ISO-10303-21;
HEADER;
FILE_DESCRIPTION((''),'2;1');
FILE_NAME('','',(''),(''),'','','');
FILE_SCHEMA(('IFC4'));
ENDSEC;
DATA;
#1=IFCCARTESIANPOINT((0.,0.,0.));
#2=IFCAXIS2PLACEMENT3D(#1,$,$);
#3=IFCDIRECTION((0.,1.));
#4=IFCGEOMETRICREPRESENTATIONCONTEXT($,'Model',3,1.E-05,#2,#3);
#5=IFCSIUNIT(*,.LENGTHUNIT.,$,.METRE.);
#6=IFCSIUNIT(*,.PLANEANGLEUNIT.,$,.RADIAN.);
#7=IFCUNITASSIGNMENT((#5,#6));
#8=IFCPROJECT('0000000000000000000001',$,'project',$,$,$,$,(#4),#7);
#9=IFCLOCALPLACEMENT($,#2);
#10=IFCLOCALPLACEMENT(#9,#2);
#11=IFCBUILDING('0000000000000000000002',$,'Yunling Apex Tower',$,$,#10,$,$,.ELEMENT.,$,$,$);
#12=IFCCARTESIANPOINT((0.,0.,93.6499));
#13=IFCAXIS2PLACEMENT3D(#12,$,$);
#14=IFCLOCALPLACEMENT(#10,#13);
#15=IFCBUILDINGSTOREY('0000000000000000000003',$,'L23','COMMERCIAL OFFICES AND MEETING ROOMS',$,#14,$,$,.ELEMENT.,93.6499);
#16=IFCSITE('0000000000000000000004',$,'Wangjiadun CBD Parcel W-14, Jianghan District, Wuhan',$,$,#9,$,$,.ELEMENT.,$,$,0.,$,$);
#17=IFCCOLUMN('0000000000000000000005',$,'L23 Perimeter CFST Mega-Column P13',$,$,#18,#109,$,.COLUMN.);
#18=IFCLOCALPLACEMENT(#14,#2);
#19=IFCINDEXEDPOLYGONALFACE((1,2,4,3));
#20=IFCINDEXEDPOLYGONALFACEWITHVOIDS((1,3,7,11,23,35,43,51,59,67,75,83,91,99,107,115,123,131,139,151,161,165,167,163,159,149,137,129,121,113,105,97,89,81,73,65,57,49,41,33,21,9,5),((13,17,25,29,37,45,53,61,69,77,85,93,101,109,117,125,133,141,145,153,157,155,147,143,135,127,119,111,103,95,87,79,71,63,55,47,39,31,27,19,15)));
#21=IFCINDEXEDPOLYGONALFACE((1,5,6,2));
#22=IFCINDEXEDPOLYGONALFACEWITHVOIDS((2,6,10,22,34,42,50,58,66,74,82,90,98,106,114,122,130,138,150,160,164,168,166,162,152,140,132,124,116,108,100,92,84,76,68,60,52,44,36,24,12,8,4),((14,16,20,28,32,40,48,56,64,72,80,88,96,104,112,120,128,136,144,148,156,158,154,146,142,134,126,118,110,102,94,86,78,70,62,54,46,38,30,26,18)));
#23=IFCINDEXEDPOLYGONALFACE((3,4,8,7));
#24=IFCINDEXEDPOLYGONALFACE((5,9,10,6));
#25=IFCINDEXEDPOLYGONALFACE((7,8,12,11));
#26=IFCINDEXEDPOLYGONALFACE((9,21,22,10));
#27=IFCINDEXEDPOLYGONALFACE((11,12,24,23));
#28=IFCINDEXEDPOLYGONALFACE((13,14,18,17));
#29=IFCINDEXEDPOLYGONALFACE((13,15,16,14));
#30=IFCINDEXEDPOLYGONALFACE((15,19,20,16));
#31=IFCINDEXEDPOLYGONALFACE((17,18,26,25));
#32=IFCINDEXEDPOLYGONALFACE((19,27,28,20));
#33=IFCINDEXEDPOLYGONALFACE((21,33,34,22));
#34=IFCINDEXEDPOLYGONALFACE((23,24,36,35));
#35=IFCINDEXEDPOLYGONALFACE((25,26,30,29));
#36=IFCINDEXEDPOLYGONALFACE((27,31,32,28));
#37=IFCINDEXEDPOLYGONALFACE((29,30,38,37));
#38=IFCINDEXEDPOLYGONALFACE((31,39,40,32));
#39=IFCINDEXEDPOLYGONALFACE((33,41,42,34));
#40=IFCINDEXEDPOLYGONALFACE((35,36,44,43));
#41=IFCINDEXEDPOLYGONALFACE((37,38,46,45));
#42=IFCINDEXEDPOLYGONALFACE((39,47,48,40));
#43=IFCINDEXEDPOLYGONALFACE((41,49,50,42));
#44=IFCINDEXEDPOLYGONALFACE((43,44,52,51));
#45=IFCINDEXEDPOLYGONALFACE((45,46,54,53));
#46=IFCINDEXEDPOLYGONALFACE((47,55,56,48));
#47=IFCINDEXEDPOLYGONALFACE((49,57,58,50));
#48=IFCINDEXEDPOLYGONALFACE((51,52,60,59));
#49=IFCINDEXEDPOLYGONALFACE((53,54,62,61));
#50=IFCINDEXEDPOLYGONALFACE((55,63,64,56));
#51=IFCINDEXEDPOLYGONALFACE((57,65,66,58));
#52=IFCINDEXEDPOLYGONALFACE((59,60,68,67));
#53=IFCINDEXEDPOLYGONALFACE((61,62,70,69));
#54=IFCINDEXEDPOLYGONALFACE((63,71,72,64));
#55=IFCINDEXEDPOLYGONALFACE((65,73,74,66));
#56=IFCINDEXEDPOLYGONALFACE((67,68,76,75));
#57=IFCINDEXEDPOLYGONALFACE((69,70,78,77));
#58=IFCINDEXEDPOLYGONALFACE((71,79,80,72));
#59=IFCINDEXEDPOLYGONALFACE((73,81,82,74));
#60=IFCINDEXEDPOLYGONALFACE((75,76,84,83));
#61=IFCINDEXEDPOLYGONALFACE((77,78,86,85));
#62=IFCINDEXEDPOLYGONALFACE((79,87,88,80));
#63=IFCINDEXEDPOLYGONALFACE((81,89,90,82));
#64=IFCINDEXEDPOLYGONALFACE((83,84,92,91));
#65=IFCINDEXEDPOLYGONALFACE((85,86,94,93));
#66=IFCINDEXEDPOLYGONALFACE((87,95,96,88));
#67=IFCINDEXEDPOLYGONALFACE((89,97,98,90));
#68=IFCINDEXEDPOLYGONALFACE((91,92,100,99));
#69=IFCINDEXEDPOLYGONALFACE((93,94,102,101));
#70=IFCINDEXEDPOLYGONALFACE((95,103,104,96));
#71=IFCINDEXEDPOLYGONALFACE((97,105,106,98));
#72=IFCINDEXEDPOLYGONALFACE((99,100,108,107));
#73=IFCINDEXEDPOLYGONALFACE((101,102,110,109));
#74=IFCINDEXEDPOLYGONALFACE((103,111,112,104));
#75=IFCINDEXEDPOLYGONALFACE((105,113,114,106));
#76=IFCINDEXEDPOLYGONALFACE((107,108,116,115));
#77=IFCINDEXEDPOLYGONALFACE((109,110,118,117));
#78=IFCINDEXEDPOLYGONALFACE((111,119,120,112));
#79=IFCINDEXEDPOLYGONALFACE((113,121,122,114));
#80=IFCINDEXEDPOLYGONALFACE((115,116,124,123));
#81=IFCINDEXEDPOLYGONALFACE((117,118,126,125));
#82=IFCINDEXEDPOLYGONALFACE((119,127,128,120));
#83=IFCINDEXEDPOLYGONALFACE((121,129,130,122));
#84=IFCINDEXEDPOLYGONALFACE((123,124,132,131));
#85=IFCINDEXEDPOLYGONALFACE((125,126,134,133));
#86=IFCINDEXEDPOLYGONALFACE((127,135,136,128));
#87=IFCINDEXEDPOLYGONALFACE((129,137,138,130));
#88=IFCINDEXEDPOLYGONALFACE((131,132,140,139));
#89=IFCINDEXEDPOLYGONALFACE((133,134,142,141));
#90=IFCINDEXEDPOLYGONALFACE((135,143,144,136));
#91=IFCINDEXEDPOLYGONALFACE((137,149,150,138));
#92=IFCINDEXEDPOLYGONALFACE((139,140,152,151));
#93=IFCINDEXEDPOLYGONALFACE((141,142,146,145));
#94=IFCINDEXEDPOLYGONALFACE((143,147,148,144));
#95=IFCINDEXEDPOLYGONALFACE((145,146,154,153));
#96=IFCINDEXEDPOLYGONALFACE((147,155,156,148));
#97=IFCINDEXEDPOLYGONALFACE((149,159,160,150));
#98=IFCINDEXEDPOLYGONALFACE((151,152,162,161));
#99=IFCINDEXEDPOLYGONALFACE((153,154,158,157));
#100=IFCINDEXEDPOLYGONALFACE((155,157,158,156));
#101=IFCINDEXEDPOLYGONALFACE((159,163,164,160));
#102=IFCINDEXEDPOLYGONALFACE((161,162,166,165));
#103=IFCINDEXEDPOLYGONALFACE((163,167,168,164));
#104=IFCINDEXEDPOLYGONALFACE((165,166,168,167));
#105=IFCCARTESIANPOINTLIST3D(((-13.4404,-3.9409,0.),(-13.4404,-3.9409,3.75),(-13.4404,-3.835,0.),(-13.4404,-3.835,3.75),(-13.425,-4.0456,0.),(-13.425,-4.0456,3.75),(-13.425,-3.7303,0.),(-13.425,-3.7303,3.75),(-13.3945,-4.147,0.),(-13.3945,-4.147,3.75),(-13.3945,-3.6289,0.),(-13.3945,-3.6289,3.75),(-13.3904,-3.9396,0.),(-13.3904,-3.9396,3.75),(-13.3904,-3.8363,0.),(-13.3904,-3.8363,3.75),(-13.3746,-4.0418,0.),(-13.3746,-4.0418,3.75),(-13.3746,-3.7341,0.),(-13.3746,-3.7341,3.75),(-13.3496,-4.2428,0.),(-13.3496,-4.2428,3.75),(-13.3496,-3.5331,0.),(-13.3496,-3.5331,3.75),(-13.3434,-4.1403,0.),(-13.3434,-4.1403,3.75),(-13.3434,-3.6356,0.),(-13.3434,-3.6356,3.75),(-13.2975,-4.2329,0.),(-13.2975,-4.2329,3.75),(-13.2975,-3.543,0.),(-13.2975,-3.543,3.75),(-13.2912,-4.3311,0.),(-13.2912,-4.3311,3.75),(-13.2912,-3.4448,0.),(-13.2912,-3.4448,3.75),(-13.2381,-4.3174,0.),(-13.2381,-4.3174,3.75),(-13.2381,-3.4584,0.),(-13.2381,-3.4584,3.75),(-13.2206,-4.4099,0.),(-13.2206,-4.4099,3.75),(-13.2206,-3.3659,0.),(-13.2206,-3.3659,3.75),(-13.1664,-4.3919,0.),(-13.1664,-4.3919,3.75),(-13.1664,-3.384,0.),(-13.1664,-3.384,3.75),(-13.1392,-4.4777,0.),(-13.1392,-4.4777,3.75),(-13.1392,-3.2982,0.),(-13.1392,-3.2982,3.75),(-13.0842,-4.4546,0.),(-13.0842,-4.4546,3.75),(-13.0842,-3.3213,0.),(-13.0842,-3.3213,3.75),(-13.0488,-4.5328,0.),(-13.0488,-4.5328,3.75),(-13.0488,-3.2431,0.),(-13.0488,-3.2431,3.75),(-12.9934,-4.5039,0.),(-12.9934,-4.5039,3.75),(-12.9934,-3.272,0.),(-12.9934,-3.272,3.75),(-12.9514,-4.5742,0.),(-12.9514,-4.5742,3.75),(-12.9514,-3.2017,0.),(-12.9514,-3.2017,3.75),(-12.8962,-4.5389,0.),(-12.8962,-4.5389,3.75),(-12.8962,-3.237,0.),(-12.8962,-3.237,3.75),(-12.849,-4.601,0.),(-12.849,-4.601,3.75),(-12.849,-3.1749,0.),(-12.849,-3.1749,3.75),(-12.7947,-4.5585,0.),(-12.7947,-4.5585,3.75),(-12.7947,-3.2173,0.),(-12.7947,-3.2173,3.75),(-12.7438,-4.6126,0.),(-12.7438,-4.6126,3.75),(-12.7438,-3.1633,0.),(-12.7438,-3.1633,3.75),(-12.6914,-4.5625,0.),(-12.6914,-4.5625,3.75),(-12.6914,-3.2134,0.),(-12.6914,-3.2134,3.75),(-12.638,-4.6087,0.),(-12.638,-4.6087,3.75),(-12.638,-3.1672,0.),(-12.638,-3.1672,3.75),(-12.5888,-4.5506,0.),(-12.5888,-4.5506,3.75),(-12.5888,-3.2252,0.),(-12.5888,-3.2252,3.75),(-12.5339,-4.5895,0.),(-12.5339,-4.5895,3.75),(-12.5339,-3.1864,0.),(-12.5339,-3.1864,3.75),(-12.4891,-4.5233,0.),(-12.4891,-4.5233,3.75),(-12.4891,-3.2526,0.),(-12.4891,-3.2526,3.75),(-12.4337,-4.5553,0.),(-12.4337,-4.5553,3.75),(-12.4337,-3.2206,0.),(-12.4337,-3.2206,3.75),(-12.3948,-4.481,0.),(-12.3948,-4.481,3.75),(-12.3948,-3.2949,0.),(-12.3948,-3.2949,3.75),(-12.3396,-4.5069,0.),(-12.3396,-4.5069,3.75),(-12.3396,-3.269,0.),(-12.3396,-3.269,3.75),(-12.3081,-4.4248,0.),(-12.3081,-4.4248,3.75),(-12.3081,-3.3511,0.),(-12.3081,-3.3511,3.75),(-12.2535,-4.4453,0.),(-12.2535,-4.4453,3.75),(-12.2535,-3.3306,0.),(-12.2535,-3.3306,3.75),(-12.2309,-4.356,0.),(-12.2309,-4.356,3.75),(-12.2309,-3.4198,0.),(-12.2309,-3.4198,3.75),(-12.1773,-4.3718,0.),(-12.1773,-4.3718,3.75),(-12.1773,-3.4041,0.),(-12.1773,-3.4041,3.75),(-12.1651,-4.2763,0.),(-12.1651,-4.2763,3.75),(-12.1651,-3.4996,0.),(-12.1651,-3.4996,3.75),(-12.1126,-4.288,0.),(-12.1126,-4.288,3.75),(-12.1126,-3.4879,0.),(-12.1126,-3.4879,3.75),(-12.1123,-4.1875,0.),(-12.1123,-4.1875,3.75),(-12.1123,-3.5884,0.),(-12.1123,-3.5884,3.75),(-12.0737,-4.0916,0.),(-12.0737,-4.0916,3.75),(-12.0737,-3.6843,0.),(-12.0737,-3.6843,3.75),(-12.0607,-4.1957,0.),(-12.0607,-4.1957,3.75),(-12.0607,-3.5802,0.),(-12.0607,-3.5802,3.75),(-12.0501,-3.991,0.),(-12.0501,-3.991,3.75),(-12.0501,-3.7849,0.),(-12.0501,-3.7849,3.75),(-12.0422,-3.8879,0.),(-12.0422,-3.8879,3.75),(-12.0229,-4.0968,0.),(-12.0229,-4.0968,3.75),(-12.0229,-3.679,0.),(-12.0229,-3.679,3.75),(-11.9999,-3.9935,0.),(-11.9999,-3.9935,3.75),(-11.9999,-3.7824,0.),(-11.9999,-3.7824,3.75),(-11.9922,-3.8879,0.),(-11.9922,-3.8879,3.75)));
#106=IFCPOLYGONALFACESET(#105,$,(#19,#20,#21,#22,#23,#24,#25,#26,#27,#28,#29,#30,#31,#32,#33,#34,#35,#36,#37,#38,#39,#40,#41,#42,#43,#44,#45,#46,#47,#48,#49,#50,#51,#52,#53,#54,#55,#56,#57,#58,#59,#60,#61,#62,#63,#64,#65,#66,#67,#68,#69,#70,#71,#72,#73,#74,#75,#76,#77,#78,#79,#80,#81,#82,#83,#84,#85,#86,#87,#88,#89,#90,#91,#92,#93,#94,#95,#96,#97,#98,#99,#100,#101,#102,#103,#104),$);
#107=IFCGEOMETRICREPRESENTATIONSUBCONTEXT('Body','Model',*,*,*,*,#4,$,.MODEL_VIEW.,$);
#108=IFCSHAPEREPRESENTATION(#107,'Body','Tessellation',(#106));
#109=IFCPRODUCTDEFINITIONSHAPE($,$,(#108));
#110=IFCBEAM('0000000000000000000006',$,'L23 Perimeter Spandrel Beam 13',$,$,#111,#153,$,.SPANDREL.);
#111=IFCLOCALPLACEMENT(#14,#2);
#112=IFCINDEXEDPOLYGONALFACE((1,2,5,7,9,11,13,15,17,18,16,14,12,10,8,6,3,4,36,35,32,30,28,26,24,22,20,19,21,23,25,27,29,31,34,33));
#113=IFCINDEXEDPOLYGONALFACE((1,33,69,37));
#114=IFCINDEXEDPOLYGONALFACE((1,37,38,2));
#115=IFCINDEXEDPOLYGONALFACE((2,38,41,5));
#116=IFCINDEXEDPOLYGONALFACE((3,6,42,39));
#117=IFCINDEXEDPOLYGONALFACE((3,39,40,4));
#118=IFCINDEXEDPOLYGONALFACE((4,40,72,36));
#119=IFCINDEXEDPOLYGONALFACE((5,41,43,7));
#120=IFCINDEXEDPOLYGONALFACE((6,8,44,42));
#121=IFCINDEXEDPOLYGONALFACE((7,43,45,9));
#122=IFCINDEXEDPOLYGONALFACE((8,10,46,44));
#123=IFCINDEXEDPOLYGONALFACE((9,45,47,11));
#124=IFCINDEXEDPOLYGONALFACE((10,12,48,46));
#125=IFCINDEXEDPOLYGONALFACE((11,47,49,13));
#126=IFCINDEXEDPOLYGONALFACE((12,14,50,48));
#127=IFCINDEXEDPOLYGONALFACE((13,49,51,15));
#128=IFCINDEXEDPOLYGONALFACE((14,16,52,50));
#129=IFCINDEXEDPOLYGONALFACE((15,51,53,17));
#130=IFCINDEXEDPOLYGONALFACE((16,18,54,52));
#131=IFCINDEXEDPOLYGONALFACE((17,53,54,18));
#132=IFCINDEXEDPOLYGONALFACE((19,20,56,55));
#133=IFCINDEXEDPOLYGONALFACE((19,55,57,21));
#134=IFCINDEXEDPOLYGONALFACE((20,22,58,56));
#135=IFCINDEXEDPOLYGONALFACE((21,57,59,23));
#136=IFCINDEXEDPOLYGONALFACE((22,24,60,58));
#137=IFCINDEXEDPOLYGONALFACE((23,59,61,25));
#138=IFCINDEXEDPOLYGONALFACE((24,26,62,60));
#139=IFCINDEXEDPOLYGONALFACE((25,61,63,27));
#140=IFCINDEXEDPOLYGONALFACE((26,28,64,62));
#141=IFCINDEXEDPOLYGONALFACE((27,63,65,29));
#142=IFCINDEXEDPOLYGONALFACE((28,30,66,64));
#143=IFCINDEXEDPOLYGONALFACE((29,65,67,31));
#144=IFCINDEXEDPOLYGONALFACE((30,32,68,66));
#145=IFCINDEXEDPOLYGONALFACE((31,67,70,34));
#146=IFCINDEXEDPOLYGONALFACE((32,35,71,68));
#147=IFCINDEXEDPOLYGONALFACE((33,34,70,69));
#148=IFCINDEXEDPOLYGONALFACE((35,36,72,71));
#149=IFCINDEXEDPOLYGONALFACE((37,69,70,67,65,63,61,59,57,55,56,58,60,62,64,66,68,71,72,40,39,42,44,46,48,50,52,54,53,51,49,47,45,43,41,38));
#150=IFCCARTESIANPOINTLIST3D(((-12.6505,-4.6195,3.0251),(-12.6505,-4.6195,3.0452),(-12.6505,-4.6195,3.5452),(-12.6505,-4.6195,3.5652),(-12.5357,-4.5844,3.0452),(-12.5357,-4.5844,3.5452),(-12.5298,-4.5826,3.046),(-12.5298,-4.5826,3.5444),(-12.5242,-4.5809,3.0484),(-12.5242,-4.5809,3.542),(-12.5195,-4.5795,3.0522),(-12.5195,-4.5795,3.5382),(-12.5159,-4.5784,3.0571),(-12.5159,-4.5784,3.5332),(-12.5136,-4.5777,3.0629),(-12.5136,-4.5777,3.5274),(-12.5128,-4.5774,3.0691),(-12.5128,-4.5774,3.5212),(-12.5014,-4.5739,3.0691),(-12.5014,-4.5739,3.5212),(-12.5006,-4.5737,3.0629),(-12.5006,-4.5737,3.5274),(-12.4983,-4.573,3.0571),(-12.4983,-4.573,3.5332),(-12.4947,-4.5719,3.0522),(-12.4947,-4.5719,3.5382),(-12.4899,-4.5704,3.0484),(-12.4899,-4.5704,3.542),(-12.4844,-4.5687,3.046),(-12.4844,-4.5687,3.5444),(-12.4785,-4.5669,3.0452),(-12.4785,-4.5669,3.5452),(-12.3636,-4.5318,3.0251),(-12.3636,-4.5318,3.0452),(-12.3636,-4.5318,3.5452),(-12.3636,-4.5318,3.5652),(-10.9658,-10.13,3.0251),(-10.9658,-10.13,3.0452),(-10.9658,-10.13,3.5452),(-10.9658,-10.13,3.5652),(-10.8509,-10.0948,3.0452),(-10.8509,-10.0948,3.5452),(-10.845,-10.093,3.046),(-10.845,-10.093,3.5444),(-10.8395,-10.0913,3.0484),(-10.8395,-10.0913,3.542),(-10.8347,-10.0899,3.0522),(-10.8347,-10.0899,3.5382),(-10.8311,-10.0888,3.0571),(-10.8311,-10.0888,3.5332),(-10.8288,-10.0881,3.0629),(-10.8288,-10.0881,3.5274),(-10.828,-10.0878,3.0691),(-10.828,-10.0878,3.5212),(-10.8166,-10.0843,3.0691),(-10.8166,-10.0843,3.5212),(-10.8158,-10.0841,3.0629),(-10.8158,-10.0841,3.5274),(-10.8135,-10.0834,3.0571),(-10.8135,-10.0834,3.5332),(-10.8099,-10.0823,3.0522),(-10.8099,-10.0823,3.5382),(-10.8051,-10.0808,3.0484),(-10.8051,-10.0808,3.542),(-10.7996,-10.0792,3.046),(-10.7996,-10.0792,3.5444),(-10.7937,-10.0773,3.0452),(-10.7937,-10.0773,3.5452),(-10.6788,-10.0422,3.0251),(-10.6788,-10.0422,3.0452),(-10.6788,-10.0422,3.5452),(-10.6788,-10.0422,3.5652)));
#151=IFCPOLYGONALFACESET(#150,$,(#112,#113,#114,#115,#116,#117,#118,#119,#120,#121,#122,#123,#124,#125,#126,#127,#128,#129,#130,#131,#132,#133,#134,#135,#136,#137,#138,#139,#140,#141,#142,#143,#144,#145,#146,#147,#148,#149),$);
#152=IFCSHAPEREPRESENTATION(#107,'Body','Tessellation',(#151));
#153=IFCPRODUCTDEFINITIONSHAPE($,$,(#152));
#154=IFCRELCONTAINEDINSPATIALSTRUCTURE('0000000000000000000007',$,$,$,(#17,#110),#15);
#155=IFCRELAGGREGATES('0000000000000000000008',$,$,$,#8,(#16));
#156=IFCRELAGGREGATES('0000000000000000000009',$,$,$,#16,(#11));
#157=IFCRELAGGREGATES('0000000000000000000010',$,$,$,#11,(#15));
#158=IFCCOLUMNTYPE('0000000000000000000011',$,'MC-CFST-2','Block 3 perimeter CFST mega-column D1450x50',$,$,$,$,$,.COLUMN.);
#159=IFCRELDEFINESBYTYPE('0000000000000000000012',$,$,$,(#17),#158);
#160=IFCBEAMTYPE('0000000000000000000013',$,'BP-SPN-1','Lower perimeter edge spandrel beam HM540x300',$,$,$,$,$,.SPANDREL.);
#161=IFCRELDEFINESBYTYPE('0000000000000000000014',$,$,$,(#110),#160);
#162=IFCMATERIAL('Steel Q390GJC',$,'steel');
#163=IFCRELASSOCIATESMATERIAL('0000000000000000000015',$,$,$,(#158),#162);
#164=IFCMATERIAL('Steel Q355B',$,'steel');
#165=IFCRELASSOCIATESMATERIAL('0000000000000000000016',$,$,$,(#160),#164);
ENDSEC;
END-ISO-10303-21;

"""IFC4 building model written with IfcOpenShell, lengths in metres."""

from ifc_helpers import new_model, si_unit, direction, frame, origin, origin_2d, place, context, subcontext, project, spatial, hollow_circle, i_section, extrude, source, transform, mapped, material, material_profile, profile_set, type_object, element, save


model = new_model("IFC4")

# Units and contexts
model_context = context("Model", 3, precision=1e-05, world=origin(), true_north=direction((0.0, 1.0)))
body_context = subcontext(model_context, "Body", "Model", "MODEL_VIEW")
ifc_project = project(units=[si_unit("LENGTHUNIT", "METRE"), si_unit("PLANEANGLEUNIT", "RADIAN")], contexts=[model_context])

# Site, building, storey
site_placement = place(None, origin())
site = spatial("IfcSite", under=ifc_project, at=site_placement, Name="Wangjiadun CBD Parcel W-14, Jianghan District, Wuhan", CompositionType="ELEMENT", RefElevation=0.0)
building_placement = place(site_placement, origin())
building = spatial("IfcBuilding", under=site, at=building_placement, Name="Yunling Apex Tower", CompositionType="ELEMENT")
storey_placement = place(building_placement, frame((0.0, 0.0, 93.6499)))
storey = spatial("IfcBuildingStorey", under=building, at=storey_placement, Name="L23", Description="COMMERCIAL OFFICES AND MEETING ROOMS", CompositionType="ELEMENT", Elevation=93.6499)

# Column
ifc_material_1 = material(Name="Steel Q390GJC", Category="steel")
ifc_material_profile_1 = material_profile(ifc_material_1, hollow_circle(Radius=0.7251, WallThickness=0.05, at=origin_2d()))
ifc_profile_set_1 = profile_set([ifc_material_profile_1], Name="Steel Q390GJC")
column_type = type_object("IfcColumnType", Name="MC-CFST-2", Description="Block 3 perimeter CFST mega-column D1450x50", PredefinedType="COLUMN", material=ifc_profile_set_1)
shared_shape_1 = source(origin(), body_context, "Body", "SweptSolid", [
    extrude(hollow_circle(Radius=0.7251, WallThickness=0.05, at=origin_2d()), origin(), (0.0, 0.0, 1.0), 3.75),
])
column_placement = place(storey_placement, frame((-12.7173, -3.8879, 0.0), z_axis=(0.0, 0.0, 1.0), x_axis=(1.0, 0.0, 0.0)))
element("IfcColumn", 1, at=column_placement, inside=storey, type_object=column_type, Name="L23 Perimeter CFST Mega-Column P13", PredefinedType="COLUMN", context=body_context, shape_type="MappedRepresentation", body=[
    mapped(shared_shape_1, transform((0.0, 0.0, 0.0), scale=1.0)),
])

# Beam
ifc_material_2 = material(Name="Steel Q355B", Category="steel")
ifc_material_profile_2 = material_profile(ifc_material_2, i_section(OverallWidth=0.3, OverallDepth=0.54, WebThickness=0.012, FlangeThickness=0.02, FilletRadius=0.0239, at=origin_2d()))
ifc_profile_set_2 = profile_set([ifc_material_profile_2], Name="Steel Q355B")
beam_type_1 = type_object("IfcBeamType", Name="BP-SPN-1", Description="Lower perimeter edge spandrel beam HM540x300", PredefinedType="SPANDREL", material=ifc_profile_set_2)
shared_shape_2 = source(origin(), body_context, "Body", "SweptSolid", [
    extrude(i_section(OverallWidth=0.3, OverallDepth=0.54, WebThickness=0.012, FlangeThickness=0.02, FilletRadius=0.0239, at=origin_2d()), origin(), (0.0, 0.0, 1.0), 5.7622),
])
beam_1_placement = place(storey_placement, frame((-12.5071, -4.5757, 3.2952), z_axis=(0.292385, -0.956301, 0.0), x_axis=(0.956301, 0.292385, 0.0)))
element("IfcBeam", 2, at=beam_1_placement, inside=storey, type_object=beam_type_1, Name="L23 Perimeter Spandrel Beam 13", PredefinedType="SPANDREL", context=body_context, shape_type="MappedRepresentation", body=[
    mapped(shared_shape_2, transform((0.0, 0.0, 0.0), scale=1.0)),
])

save(model, "model.ifc")
